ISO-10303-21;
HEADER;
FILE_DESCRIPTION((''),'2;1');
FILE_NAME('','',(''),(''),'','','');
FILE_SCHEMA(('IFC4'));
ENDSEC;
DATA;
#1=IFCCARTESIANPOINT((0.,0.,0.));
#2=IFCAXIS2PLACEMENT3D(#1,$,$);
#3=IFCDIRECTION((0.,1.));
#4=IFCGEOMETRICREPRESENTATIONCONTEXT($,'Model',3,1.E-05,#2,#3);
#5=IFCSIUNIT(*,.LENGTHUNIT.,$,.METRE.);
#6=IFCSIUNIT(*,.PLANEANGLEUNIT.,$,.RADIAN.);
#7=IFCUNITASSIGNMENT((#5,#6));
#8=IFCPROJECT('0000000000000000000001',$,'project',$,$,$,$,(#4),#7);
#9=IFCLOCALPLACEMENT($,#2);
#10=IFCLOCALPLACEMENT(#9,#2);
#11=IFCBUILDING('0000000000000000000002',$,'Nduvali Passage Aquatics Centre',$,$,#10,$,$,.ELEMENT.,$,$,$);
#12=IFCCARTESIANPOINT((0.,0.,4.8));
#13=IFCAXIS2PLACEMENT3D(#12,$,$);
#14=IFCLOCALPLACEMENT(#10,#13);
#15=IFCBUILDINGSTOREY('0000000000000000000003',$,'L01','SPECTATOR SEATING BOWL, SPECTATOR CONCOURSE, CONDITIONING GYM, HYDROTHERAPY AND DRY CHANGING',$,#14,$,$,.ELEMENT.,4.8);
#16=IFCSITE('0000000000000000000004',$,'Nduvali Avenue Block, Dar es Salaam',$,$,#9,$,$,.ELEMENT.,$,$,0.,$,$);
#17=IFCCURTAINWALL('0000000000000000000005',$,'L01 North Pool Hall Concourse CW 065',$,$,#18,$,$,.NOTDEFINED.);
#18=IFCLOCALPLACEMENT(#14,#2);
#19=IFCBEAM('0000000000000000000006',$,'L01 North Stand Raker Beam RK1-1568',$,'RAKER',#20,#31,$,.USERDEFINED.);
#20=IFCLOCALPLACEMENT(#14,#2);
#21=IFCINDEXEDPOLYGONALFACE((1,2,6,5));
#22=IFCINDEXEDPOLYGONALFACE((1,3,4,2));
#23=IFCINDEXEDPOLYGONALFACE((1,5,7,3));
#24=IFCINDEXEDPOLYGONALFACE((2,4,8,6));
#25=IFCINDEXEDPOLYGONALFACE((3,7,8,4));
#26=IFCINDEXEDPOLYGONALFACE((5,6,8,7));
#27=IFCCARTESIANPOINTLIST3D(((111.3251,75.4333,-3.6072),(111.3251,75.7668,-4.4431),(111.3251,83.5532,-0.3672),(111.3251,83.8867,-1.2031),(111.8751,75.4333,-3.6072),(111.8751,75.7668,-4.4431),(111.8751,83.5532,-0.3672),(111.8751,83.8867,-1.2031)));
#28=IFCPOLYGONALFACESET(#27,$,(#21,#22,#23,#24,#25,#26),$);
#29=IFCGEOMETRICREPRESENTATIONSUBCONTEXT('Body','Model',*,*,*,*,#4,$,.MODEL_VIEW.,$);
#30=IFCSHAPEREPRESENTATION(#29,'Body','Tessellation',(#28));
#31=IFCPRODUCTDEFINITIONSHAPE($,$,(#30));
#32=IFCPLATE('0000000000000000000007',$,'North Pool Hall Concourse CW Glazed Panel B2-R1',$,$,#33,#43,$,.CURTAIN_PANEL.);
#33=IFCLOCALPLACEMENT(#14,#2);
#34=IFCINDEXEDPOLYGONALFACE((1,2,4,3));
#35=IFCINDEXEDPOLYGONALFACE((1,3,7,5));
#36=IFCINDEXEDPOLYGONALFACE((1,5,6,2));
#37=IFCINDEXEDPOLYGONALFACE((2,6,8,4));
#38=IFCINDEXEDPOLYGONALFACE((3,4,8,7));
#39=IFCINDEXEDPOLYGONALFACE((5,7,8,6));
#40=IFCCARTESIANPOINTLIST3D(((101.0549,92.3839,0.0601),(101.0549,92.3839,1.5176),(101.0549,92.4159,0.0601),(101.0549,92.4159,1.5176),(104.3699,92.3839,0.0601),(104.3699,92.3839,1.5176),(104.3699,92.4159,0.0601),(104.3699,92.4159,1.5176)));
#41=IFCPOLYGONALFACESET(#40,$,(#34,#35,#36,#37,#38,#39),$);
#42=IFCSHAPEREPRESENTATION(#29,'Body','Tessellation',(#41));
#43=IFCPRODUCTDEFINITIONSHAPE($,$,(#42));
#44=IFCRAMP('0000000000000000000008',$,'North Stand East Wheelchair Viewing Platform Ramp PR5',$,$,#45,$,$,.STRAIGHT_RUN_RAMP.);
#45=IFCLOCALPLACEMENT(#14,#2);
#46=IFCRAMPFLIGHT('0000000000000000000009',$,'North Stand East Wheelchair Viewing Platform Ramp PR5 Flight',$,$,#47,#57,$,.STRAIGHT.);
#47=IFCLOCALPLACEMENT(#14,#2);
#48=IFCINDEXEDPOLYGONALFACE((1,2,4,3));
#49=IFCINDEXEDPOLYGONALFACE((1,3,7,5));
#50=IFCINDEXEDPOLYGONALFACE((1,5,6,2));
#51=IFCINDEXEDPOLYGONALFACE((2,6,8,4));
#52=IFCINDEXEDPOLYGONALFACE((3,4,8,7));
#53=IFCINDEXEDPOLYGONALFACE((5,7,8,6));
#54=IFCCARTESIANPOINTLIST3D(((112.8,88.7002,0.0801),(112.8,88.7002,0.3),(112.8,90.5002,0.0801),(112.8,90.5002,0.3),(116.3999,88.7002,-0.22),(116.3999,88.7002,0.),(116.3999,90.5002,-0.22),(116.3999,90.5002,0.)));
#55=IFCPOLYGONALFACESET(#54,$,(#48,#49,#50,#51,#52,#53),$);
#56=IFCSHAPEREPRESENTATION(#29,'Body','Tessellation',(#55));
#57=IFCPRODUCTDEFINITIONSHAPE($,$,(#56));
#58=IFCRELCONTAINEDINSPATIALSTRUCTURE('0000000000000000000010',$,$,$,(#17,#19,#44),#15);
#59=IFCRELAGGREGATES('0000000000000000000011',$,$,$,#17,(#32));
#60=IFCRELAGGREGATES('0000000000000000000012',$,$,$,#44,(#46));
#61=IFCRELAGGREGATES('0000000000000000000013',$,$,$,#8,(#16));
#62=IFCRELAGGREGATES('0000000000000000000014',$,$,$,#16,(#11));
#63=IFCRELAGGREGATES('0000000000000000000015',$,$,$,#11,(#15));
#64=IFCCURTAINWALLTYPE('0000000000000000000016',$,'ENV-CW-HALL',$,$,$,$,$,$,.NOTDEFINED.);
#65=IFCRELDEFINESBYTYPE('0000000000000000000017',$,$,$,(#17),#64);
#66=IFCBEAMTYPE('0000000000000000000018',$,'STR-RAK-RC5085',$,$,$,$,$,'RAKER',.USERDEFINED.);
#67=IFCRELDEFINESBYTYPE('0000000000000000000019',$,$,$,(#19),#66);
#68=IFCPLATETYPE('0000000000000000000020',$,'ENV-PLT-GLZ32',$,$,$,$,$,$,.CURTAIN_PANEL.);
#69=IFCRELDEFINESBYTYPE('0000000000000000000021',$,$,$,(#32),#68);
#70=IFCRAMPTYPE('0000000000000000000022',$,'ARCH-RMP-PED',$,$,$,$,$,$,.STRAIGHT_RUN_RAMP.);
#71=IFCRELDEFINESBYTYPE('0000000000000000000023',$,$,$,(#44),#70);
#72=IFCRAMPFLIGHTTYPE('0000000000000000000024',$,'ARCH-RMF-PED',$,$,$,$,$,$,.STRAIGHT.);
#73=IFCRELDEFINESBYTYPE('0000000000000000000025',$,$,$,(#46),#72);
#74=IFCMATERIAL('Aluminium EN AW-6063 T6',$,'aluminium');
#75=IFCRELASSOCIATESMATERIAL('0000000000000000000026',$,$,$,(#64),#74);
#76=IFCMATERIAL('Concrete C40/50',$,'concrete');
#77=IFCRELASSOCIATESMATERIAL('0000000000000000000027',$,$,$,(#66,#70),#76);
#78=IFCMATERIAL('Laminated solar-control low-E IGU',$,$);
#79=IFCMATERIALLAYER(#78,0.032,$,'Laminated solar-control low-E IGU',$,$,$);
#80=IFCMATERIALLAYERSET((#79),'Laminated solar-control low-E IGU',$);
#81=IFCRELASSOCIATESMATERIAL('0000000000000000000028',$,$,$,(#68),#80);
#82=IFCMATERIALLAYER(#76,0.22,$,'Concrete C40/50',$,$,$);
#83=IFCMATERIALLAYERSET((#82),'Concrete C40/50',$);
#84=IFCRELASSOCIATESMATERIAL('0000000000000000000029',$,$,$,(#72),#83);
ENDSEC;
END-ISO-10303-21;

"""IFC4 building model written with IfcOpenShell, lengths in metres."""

from ifc_helpers import new_model, si_unit, direction, frame, origin, origin_2d, place, context, subcontext, project, spatial, polyline, rectangle, outline, extrude, material, layer, layer_set, material_profile, profile_set, type_object, element, aggregate, save


model = new_model("IFC4")

# Units and contexts
model_context = context("Model", 3, precision=1e-05, world=origin(), true_north=direction((0.0, 1.0)))
body_context = subcontext(model_context, "Body", "Model", "MODEL_VIEW")
ifc_project = project(units=[si_unit("LENGTHUNIT", "METRE"), si_unit("PLANEANGLEUNIT", "RADIAN")], contexts=[model_context])

# Site, building, storey
site_placement = place(None, origin())
site = spatial("IfcSite", under=ifc_project, at=site_placement, Name="Nduvali Avenue Block, Dar es Salaam", CompositionType="ELEMENT", RefElevation=0.0)
building_placement = place(site_placement, origin())
building = spatial("IfcBuilding", under=site, at=building_placement, Name="Nduvali Passage Aquatics Centre", CompositionType="ELEMENT")
storey_placement = place(building_placement, frame((0.0, 0.0, 4.8)))
storey = spatial("IfcBuildingStorey", under=building, at=storey_placement, Name="L01", Description="SPECTATOR SEATING BOWL, SPECTATOR CONCOURSE, CONDITIONING GYM, HYDROTHERAPY AND DRY CHANGING", CompositionType="ELEMENT", Elevation=4.8)

# Curtain wall
ifc_material_1 = material(Name="Aluminium EN AW-6063 T6", Category="aluminium")
curtain_wall_type = type_object("IfcCurtainWallType", Name="ENV-CW-HALL", PredefinedType="NOTDEFINED", material=ifc_material_1)
curtain_wall_1_placement = place(storey_placement, origin())
curtain_wall_1 = element("IfcCurtainWall", 1, at=curtain_wall_1_placement, inside=storey, type_object=curtain_wall_type, Name="L01 North Pool Hall Concourse CW 065", PredefinedType="NOTDEFINED")

# Beam
ifc_material_2 = material(Name="Concrete C40/50", Category="concrete")
ifc_material_profile_1 = material_profile(ifc_material_2, rectangle(XDim=0.55, YDim=0.8999, at=origin_2d()), Name="RC 550x900")
ifc_profile_set_1 = profile_set([ifc_material_profile_1], Name="Concrete C40/50")
beam_type_1 = type_object("IfcBeamType", Name="STR-RAK-RC5085", ElementType="RAKER", PredefinedType="USERDEFINED", material=ifc_profile_set_1)
beam_1_placement = place(storey_placement, frame((111.6001, 83.72, -0.7852), z_axis=(0.0, -0.92879, -0.370606), x_axis=(1.0, 0.0, 0.0)))
element("IfcBeam", 2, at=beam_1_placement, inside=storey, type_object=beam_type_1, Name="L01 North Stand Raker Beam RK1-1568", ObjectType="RAKER", PredefinedType="USERDEFINED", context=body_context, shape_type="SweptSolid", body=[
    extrude(rectangle(XDim=0.55, YDim=0.8999, at=origin_2d()), origin(), (0.0, 0.0, 1.0), 8.7424),
])

# Plate
ifc_material_3 = material(Name="Laminated solar-control low-E IGU")
ifc_layer_1 = layer(ifc_material_3, 0.032, Name="Laminated solar-control low-E IGU")
ifc_layer_set_1 = layer_set([ifc_layer_1], Name="Laminated solar-control low-E IGU")
plate_type = type_object("IfcPlateType", Name="ENV-PLT-GLZ32", PredefinedType="CURTAIN_PANEL", material=ifc_layer_set_1)
plate_placement = place(storey_placement, frame((102.7124, 92.3999, 0.0601), z_axis=(0.0, 0.0, 1.0), x_axis=(1.0, 0.0, 0.0)))
plate = element("IfcPlate", 3, at=plate_placement, type_object=plate_type, Name="North Pool Hall Concourse CW Glazed Panel B2-R1", PredefinedType="CURTAIN_PANEL", context=body_context, shape_type="SweptSolid", body=[
    extrude(rectangle(XDim=3.3149, YDim=0.032, at=origin_2d()), origin(), (0.0, 0.0, 1.0), 1.4575),
])
aggregate(curtain_wall_1, [plate])

# Ramp, ramp flight
ramp_type = type_object("IfcRampType", Name="ARCH-RMP-PED", PredefinedType="STRAIGHT_RUN_RAMP", material=ifc_material_2)
ramp_placement = place(storey_placement, origin())
ramp = element("IfcRamp", 4, at=ramp_placement, inside=storey, type_object=ramp_type, Name="North Stand East Wheelchair Viewing Platform Ramp PR5", PredefinedType="STRAIGHT_RUN_RAMP")
ifc_layer_2 = layer(ifc_material_2, 0.22, Name="Concrete C40/50")
ifc_layer_set_2 = layer_set([ifc_layer_2], Name="Concrete C40/50")
ramp_flight_type = type_object("IfcRampFlightType", Name="ARCH-RMF-PED", PredefinedType="STRAIGHT", material=ifc_layer_set_2)
ramp_flight_placement = place(storey_placement, frame((116.3999, 89.6001, 0.0), z_axis=(0.0, 0.0, 1.0), x_axis=(-1.0, 0.0, 0.0)))
ramp_flight = element("IfcRampFlight", 5, at=ramp_flight_placement, type_object=ramp_flight_type, Name="North Stand East Wheelchair Viewing Platform Ramp PR5 Flight", PredefinedType="STRAIGHT", context=body_context, shape_type="SweptSolid", body=[
    extrude(outline(polyline([(0.0, -0.22), (3.5999, 0.0801), (3.5999, 0.3), (0.0, 0.0), (0.0, -0.22)])), frame((0.0, 0.8999, 0.0), z_axis=(0.0, -1.0, 0.0), x_axis=(1.0, 0.0, 0.0)), (0.0, 0.0, 1.0), 1.8),
])
aggregate(ramp, [ramp_flight])

save(model, "model.ifc")
